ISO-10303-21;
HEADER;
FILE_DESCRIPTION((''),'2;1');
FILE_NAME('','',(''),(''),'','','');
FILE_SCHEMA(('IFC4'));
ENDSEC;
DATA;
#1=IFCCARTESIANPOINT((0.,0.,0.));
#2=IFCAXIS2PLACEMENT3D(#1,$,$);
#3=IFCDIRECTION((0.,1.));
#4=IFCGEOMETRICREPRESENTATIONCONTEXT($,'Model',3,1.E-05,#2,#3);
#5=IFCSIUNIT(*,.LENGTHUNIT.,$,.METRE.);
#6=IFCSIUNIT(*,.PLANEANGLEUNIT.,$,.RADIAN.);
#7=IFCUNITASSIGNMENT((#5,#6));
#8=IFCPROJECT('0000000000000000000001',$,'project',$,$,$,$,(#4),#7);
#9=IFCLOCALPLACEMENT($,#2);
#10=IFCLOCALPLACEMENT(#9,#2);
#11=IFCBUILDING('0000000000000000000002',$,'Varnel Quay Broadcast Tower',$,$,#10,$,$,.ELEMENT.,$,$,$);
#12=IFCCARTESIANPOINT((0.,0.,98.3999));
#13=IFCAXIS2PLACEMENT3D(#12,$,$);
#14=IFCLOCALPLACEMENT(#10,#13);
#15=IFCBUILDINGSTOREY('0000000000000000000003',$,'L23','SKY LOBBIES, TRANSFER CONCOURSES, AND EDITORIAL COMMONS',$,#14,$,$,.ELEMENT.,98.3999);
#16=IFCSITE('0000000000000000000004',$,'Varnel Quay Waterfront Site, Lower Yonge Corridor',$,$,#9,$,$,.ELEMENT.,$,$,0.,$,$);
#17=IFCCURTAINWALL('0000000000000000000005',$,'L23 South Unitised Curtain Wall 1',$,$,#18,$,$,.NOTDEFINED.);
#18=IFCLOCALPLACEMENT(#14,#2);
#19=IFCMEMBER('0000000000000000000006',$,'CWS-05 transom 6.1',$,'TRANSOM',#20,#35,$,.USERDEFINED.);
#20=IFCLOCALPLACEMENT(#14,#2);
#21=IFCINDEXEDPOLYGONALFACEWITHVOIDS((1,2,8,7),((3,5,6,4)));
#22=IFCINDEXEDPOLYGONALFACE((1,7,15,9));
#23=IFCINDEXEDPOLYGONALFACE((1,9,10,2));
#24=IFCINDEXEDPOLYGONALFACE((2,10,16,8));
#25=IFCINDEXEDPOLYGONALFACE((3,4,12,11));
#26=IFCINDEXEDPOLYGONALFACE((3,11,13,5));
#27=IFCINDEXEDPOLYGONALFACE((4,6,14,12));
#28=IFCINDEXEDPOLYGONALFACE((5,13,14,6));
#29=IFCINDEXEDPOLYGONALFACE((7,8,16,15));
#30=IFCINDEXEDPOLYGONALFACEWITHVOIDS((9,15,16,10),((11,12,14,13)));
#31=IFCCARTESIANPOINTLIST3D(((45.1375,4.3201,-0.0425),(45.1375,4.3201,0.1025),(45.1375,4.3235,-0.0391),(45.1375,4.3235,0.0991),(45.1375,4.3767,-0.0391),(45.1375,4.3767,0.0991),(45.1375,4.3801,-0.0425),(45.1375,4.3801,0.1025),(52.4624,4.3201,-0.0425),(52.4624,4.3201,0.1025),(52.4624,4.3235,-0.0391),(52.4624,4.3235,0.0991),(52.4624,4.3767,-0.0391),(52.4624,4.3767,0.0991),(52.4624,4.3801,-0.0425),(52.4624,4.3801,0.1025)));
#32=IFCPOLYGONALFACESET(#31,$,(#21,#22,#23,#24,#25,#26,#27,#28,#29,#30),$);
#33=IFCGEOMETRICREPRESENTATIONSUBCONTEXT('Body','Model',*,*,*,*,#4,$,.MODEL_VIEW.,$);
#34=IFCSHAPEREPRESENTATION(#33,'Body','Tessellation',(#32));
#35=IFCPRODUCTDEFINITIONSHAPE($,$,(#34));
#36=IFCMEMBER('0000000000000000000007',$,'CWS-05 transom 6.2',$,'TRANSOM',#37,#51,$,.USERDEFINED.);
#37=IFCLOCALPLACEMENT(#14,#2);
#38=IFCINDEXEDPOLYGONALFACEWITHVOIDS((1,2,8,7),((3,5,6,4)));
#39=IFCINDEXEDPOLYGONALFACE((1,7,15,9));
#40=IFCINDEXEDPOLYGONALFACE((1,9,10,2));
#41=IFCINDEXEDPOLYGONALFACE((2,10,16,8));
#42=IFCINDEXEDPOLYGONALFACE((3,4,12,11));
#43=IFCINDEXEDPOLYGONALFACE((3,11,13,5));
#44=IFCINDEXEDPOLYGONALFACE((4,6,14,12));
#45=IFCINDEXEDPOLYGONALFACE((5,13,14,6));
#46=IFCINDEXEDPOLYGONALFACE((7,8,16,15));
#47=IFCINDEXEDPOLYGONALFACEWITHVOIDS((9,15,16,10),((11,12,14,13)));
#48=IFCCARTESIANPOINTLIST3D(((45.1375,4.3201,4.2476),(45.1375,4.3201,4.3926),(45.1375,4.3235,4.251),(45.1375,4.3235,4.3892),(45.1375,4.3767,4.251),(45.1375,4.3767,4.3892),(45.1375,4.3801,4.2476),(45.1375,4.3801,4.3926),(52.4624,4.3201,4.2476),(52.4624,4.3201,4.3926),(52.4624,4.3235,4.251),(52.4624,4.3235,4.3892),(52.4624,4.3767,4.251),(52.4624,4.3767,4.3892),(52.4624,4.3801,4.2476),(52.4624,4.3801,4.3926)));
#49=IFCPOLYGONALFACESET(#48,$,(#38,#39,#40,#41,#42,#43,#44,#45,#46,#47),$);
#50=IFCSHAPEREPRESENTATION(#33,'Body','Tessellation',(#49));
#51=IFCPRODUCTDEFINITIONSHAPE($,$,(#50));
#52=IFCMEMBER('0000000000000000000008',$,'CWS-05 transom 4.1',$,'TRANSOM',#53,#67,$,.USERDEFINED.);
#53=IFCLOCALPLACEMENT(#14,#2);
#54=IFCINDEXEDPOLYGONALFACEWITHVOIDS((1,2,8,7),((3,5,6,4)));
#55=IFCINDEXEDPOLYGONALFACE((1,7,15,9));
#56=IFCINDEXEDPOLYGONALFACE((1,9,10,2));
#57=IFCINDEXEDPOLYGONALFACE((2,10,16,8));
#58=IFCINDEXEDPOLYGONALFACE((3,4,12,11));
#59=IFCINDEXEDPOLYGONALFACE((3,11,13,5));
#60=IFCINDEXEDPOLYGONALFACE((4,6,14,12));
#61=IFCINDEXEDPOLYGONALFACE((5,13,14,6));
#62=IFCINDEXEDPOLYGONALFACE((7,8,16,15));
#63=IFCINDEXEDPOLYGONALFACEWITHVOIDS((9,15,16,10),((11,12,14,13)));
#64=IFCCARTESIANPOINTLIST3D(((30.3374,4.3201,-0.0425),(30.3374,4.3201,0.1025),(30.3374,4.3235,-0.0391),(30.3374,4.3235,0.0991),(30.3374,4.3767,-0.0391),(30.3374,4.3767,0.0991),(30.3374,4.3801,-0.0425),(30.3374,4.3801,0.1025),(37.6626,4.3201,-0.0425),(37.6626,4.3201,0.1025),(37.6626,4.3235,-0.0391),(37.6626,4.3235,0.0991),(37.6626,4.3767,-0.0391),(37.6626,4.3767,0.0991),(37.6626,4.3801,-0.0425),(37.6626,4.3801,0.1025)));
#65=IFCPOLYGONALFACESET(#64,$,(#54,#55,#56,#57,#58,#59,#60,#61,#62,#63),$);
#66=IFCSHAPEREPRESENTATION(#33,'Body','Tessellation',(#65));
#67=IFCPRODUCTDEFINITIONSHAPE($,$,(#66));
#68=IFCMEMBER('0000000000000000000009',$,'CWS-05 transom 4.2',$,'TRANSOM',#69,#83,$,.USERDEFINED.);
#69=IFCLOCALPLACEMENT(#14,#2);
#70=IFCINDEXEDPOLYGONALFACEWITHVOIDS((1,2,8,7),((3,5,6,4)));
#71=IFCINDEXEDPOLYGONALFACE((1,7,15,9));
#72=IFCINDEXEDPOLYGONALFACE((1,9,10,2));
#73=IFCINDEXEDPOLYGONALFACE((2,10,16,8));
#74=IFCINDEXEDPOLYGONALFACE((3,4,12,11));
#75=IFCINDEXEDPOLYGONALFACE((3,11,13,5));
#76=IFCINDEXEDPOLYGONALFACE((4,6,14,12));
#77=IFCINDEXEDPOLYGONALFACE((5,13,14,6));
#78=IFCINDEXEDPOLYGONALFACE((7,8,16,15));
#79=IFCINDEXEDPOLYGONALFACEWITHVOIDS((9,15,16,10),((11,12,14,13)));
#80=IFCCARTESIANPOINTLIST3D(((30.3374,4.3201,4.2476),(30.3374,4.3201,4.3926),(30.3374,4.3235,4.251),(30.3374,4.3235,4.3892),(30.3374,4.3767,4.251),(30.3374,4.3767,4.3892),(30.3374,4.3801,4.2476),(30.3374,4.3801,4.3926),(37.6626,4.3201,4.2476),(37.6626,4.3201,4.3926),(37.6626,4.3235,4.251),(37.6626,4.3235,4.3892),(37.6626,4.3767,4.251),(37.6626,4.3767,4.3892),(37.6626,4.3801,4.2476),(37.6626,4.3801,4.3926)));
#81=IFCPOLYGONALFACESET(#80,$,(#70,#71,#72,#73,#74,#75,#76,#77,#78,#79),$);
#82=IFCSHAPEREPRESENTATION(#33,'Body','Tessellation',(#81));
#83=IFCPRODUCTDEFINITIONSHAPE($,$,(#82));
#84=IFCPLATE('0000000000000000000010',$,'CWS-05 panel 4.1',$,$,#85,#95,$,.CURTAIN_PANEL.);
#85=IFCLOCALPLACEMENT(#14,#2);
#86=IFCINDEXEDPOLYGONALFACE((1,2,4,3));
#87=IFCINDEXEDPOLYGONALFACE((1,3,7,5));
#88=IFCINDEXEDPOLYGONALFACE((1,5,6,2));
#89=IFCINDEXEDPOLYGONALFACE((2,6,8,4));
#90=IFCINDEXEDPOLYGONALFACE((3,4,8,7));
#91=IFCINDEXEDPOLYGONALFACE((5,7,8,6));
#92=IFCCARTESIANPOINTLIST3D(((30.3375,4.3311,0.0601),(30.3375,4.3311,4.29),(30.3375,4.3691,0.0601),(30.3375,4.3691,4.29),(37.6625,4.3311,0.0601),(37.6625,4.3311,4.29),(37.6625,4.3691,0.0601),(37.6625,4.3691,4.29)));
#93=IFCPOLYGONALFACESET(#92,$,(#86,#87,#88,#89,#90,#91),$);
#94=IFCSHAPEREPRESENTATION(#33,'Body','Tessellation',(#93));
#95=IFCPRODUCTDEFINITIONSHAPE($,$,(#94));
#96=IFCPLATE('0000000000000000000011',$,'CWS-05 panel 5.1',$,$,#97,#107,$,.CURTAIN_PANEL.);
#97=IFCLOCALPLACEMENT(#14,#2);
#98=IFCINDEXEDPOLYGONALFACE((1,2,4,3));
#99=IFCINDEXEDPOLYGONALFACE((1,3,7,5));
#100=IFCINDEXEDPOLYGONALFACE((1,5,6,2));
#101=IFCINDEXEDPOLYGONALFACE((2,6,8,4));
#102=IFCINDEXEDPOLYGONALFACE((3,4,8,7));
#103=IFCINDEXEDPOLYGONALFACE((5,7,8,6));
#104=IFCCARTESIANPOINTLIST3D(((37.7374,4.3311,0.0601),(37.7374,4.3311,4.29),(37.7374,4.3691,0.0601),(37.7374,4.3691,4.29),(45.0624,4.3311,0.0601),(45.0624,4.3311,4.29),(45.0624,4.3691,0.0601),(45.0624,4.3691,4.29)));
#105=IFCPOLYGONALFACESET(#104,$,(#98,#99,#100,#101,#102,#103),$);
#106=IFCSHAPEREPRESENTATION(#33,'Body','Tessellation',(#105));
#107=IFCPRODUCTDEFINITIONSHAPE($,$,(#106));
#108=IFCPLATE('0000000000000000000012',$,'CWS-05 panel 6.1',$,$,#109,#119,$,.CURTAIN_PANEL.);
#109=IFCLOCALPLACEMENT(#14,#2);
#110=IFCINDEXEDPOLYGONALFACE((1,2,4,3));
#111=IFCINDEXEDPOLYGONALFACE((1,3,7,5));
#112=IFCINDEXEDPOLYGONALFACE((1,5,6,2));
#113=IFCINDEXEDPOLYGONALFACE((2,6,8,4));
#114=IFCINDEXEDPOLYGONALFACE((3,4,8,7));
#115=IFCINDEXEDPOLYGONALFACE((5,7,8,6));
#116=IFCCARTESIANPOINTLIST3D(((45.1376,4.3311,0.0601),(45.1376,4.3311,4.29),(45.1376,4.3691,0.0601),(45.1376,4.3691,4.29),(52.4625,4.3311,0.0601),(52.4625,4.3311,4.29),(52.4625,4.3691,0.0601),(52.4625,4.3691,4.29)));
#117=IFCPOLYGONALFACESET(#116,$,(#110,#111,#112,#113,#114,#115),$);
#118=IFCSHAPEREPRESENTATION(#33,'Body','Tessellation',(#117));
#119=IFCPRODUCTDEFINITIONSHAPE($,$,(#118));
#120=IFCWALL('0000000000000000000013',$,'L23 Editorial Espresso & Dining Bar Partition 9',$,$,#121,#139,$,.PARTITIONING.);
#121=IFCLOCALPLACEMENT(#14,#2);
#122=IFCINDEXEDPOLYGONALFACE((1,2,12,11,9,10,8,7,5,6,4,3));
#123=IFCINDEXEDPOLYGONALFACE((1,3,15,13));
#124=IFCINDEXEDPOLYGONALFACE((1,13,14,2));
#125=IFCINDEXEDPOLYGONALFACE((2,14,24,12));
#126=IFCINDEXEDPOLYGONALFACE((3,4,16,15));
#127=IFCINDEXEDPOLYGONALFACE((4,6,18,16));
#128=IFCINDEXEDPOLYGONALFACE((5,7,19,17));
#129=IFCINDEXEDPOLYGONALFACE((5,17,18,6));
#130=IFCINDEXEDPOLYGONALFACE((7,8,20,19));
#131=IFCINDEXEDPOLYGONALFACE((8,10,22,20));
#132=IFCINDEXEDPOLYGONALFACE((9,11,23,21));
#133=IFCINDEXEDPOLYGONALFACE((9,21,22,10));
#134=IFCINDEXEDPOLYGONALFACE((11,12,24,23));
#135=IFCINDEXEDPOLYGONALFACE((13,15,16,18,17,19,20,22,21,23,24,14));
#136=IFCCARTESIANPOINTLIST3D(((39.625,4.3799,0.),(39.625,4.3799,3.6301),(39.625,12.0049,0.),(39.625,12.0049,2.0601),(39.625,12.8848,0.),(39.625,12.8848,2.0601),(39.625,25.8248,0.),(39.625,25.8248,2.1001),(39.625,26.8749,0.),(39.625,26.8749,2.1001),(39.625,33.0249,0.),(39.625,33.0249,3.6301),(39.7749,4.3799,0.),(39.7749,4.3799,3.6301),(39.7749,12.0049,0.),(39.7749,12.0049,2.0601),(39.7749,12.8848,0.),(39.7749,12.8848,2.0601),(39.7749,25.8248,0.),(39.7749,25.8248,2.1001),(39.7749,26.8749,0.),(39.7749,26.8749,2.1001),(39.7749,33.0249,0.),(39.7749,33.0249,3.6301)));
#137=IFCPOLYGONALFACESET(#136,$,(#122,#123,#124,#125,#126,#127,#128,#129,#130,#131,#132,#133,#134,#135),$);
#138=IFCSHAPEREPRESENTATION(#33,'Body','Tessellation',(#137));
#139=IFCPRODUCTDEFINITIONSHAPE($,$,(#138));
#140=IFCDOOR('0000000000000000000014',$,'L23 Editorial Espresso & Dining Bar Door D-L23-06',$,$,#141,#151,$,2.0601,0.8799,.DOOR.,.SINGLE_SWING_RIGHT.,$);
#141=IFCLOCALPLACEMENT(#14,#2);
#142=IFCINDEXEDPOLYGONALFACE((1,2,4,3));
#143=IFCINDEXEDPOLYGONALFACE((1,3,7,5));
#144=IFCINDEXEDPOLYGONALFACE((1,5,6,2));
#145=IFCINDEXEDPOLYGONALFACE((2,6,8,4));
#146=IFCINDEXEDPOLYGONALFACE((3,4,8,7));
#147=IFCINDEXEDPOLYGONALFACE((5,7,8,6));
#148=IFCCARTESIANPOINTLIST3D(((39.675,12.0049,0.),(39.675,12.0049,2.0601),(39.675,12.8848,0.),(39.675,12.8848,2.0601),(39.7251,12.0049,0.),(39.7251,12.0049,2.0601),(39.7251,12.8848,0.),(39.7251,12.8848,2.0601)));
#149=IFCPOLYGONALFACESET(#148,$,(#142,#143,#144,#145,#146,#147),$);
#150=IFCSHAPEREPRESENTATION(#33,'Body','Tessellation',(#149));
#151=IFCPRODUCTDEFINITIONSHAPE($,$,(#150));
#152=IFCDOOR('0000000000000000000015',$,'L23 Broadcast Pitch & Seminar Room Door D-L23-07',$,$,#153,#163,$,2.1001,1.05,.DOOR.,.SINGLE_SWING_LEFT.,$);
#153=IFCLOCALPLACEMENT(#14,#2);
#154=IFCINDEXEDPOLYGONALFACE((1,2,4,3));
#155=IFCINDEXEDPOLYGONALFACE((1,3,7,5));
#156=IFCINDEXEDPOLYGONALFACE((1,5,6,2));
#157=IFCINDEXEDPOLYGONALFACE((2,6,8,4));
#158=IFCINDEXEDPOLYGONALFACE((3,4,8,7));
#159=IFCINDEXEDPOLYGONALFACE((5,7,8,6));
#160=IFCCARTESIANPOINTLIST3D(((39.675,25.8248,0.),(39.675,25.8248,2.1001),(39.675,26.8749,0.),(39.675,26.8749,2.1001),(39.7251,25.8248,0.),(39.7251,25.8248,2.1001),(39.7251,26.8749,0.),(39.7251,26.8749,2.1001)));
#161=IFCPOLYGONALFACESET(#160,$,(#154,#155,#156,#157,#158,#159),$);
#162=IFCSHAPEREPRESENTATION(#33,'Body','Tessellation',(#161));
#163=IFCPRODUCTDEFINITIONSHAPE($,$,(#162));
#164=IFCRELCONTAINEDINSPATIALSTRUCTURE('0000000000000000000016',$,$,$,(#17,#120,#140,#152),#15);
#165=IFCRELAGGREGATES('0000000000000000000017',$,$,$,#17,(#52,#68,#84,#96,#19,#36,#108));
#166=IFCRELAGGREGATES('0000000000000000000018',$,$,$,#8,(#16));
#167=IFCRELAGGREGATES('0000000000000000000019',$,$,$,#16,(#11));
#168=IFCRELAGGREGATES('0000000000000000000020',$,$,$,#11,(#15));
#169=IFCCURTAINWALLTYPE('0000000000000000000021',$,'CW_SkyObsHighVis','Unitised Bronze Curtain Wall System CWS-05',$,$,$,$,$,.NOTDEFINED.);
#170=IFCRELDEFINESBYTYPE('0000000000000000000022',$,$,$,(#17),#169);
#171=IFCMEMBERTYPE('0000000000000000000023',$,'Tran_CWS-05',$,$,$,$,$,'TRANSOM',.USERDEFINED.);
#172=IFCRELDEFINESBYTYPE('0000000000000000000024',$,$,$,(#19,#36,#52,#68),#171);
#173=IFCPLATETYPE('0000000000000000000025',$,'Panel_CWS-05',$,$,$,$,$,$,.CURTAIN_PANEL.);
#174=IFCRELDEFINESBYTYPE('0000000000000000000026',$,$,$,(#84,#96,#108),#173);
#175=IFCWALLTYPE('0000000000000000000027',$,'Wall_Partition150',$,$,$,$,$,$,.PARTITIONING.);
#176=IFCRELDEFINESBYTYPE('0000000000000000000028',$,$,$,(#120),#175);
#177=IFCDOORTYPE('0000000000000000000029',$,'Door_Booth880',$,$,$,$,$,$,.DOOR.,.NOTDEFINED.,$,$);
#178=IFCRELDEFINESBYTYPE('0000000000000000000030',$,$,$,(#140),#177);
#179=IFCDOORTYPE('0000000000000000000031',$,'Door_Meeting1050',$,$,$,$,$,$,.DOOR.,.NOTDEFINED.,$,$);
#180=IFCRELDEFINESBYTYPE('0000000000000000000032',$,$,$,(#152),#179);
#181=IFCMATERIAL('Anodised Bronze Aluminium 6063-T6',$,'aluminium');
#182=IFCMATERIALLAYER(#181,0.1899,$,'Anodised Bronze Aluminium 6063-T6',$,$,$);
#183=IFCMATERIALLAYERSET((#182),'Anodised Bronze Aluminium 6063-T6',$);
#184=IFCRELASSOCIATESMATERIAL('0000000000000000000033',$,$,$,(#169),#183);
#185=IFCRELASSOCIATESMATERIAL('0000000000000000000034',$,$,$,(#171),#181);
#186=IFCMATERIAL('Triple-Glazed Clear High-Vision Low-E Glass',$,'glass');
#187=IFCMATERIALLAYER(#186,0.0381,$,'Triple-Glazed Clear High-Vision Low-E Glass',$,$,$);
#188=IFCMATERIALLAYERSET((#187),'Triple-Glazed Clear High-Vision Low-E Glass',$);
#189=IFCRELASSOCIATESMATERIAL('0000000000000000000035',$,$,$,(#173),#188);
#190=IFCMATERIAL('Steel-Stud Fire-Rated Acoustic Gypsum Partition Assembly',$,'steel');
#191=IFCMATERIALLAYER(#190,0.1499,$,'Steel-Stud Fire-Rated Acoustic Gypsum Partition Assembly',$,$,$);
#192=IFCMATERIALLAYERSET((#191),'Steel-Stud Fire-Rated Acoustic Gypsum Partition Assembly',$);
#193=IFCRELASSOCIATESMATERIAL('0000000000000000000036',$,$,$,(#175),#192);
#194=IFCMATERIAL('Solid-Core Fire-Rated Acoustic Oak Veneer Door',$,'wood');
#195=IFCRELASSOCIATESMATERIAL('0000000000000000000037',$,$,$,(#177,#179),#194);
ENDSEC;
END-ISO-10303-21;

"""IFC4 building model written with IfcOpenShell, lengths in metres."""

from ifc_helpers import new_model, si_unit, direction, frame, frame_2d, origin, origin_2d, place, context, subcontext, project, spatial, rectangle, hollow_rectangle, extrude, source, transform, mapped, material, layer, layer_set, material_profile, profile_set, type_object, type_shapes, element, fill, aggregate, save


model = new_model("IFC4")

# Units and contexts
model_context = context("Model", 3, precision=1e-05, world=origin(), true_north=direction((0.0, 1.0)))
body_context = subcontext(model_context, "Body", "Model", "MODEL_VIEW")
ifc_project = project(units=[si_unit("LENGTHUNIT", "METRE"), si_unit("PLANEANGLEUNIT", "RADIAN")], contexts=[model_context])

# Site, building, storey
site_placement = place(None, origin())
site = spatial("IfcSite", under=ifc_project, at=site_placement, Name="Varnel Quay Waterfront Site, Lower Yonge Corridor", CompositionType="ELEMENT", RefElevation=0.0)
building_placement = place(site_placement, origin())
building = spatial("IfcBuilding", under=site, at=building_placement, Name="Varnel Quay Broadcast Tower", CompositionType="ELEMENT")
storey_placement = place(building_placement, frame((0.0, 0.0, 98.3999)))
storey = spatial("IfcBuildingStorey", under=building, at=storey_placement, Name="L23", Description="SKY LOBBIES, TRANSFER CONCOURSES, AND EDITORIAL COMMONS", CompositionType="ELEMENT", Elevation=98.3999)

# Curtain wall, members, plates
ifc_material_1 = material(Name="Anodised Bronze Aluminium 6063-T6", Category="aluminium")
ifc_layer_1 = layer(ifc_material_1, 0.1899, Name="Anodised Bronze Aluminium 6063-T6")
ifc_layer_set_1 = layer_set([ifc_layer_1], Name="Anodised Bronze Aluminium 6063-T6")
curtain_wall_type = type_object("IfcCurtainWallType", Name="CW_SkyObsHighVis", Description="Unitised Bronze Curtain Wall System CWS-05", PredefinedType="NOTDEFINED", material=ifc_layer_set_1)
curtain_wall_placement = place(storey_placement, origin())
curtain_wall = element("IfcCurtainWall", 1, at=curtain_wall_placement, inside=storey, type_object=curtain_wall_type, Name="L23 South Unitised Curtain Wall 1", PredefinedType="NOTDEFINED")
ifc_material_profile_1 = material_profile(ifc_material_1, hollow_rectangle(XDim=0.0601, YDim=0.145, WallThickness=0.0034, at=origin_2d()), Name="ALU60X145X3.5")
ifc_profile_set_1 = profile_set([ifc_material_profile_1], Name="Anodised Bronze Aluminium 6063-T6")
member_type_1 = type_object("IfcMemberType", Name="Tran_CWS-05", ElementType="TRANSOM", PredefinedType="USERDEFINED", material=ifc_profile_set_1)
shared_shape_1 = source(origin(), body_context, "Body", "SweptSolid", [
    extrude(hollow_rectangle(XDim=0.0601, YDim=0.145, WallThickness=0.0034, at=origin_2d()), origin(), (0.0, 0.0, 1.0), 7.325),
])
member_1_placement = place(storey_placement, frame((45.1375, 4.3501, 0.03), z_axis=(1.0, 0.0, 0.0), x_axis=(0.0, 1.0, 0.0)))
member_1 = element("IfcMember", 2, at=member_1_placement, type_object=member_type_1, Name="CWS-05 transom 6.1", ObjectType="TRANSOM", PredefinedType="USERDEFINED", context=body_context, shape_type="MappedRepresentation", body=[
    mapped(shared_shape_1, transform((0.0, 0.0, 0.0), x_axis=(1.0, 0.0, 0.0), y_axis=(0.0, 1.0, 0.0), z_axis=(0.0, 0.0, 1.0), scale=1.0)),
])
member_2_placement = place(storey_placement, frame((45.1375, 4.3501, 4.3201), z_axis=(1.0, 0.0, 0.0), x_axis=(0.0, 1.0, 0.0)))
member_2 = element("IfcMember", 3, at=member_2_placement, type_object=member_type_1, Name="CWS-05 transom 6.2", ObjectType="TRANSOM", PredefinedType="USERDEFINED", context=body_context, shape_type="MappedRepresentation", body=[
    mapped(shared_shape_1, transform((0.0, 0.0, 0.0), x_axis=(1.0, 0.0, 0.0), y_axis=(0.0, 1.0, 0.0), z_axis=(0.0, 0.0, 1.0), scale=1.0)),
])
shared_shape_2 = source(origin(), body_context, "Body", "SweptSolid", [
    extrude(hollow_rectangle(XDim=0.0601, YDim=0.145, WallThickness=0.0034, at=origin_2d()), origin(), (0.0, 0.0, 1.0), 7.3252),
])
type_shapes(member_type_1, [shared_shape_1, shared_shape_2])
member_3_placement = place(storey_placement, frame((30.3374, 4.3501, 0.03), z_axis=(1.0, 0.0, 0.0), x_axis=(0.0, 1.0, 0.0)))
member_3 = element("IfcMember", 4, at=member_3_placement, type_object=member_type_1, Name="CWS-05 transom 4.1", ObjectType="TRANSOM", PredefinedType="USERDEFINED", context=body_context, shape_type="MappedRepresentation", body=[
    mapped(shared_shape_2, transform((0.0, 0.0, 0.0), x_axis=(1.0, 0.0, 0.0), y_axis=(0.0, 1.0, 0.0), z_axis=(0.0, 0.0, 1.0), scale=1.0)),
])
member_4_placement = place(storey_placement, frame((30.3374, 4.3501, 4.3201), z_axis=(1.0, 0.0, 0.0), x_axis=(0.0, 1.0, 0.0)))
member_4 = element("IfcMember", 5, at=member_4_placement, type_object=member_type_1, Name="CWS-05 transom 4.2", ObjectType="TRANSOM", PredefinedType="USERDEFINED", context=body_context, shape_type="MappedRepresentation", body=[
    mapped(shared_shape_2, transform((0.0, 0.0, 0.0), x_axis=(1.0, 0.0, 0.0), y_axis=(0.0, 1.0, 0.0), z_axis=(0.0, 0.0, 1.0), scale=1.0)),
])
ifc_material_2 = material(Name="Triple-Glazed Clear High-Vision Low-E Glass", Category="glass")
ifc_layer_2 = layer(ifc_material_2, 0.0381, Name="Triple-Glazed Clear High-Vision Low-E Glass")
ifc_layer_set_2 = layer_set([ifc_layer_2], Name="Triple-Glazed Clear High-Vision Low-E Glass")
plate_type = type_object("IfcPlateType", Name="Panel_CWS-05", PredefinedType="CURTAIN_PANEL", material=ifc_layer_set_2)
shared_shape_3 = source(origin(), body_context, "Body", "SweptSolid", [
    extrude(rectangle(XDim=7.325, YDim=0.0381, at=origin_2d()), origin(), (0.0, 0.0, 1.0), 4.23),
])
type_shapes(plate_type, [shared_shape_3])
plate_1_placement = place(storey_placement, frame((34.0, 4.3501, 0.0601), z_axis=(0.0, 0.0, 1.0), x_axis=(1.0, 0.0, 0.0)))
plate_1 = element("IfcPlate", 6, at=plate_1_placement, type_object=plate_type, Name="CWS-05 panel 4.1", PredefinedType="CURTAIN_PANEL", context=body_context, shape_type="MappedRepresentation", body=[
    mapped(shared_shape_3, transform((0.0, 0.0, 0.0), x_axis=(1.0, 0.0, 0.0), y_axis=(0.0, 1.0, 0.0), z_axis=(0.0, 0.0, 1.0), scale=1.0)),
])
plate_2_placement = place(storey_placement, frame((41.3999, 4.3501, 0.0601), z_axis=(0.0, 0.0, 1.0), x_axis=(1.0, 0.0, 0.0)))
plate_2 = element("IfcPlate", 7, at=plate_2_placement, type_object=plate_type, Name="CWS-05 panel 5.1", PredefinedType="CURTAIN_PANEL", context=body_context, shape_type="MappedRepresentation", body=[
    mapped(shared_shape_3, transform((0.0, 0.0, 0.0), x_axis=(1.0, 0.0, 0.0), y_axis=(0.0, 1.0, 0.0), z_axis=(0.0, 0.0, 1.0), scale=1.0)),
])
plate_3_placement = place(storey_placement, frame((48.8, 4.3501, 0.0601), z_axis=(0.0, 0.0, 1.0), x_axis=(1.0, 0.0, 0.0)))
plate_3 = element("IfcPlate", 8, at=plate_3_placement, type_object=plate_type, Name="CWS-05 panel 6.1", PredefinedType="CURTAIN_PANEL", context=body_context, shape_type="MappedRepresentation", body=[
    mapped(shared_shape_3, transform((0.0, 0.0, 0.0), x_axis=(1.0, 0.0, 0.0), y_axis=(0.0, 1.0, 0.0), z_axis=(0.0, 0.0, 1.0), scale=1.0)),
])
aggregate(curtain_wall, [member_3, member_4, plate_1, plate_2, member_1, member_2, plate_3])

# Wall, openings, doors
ifc_material_3 = material(Name="Steel-Stud Fire-Rated Acoustic Gypsum Partition Assembly", Category="steel")
ifc_layer_3 = layer(ifc_material_3, 0.1499, Name="Steel-Stud Fire-Rated Acoustic Gypsum Partition Assembly")
ifc_layer_set_3 = layer_set([ifc_layer_3], Name="Steel-Stud Fire-Rated Acoustic Gypsum Partition Assembly")
wall_type_1 = type_object("IfcWallType", Name="Wall_Partition150", PredefinedType="PARTITIONING", material=ifc_layer_set_3)
wall_1_placement = place(storey_placement, frame((39.7, 4.3799, 0.0), z_axis=(0.0, 0.0, 1.0), x_axis=(0.0, 1.0, 0.0)))
wall_1 = element("IfcWall", 9, at=wall_1_placement, inside=storey, type_object=wall_type_1, Name="L23 Editorial Espresso & Dining Bar Partition 9", PredefinedType="PARTITIONING", context=body_context, shape_type="SweptSolid", body=[
    extrude(rectangle(XDim=28.645, YDim=0.1499, at=frame_2d((14.3225, 0.0))), origin(), (0.0, 0.0, 1.0), 3.6301),
])
opening_1_placement = place(wall_1_placement, frame((7.625, 0.0, 0.0)))
opening_1 = element("IfcOpeningElement", 10, at=opening_1_placement, cuts=wall_1, PredefinedType="OPENING", context=body_context, shape_type="SweptSolid", body=[
    extrude(rectangle(XDim=0.8799, YDim=2.0601, at=frame_2d((0.4399, 1.03))), frame((0.0, 0.085, 0.0), z_axis=(0.0, -1.0, 0.0), x_axis=(1.0, 0.0, 0.0)), (0.0, 0.0, 1.0), 0.1699),
])
opening_2_placement = place(wall_1_placement, frame((21.4451, 0.0, 0.0)))
opening_2 = element("IfcOpeningElement", 11, at=opening_2_placement, cuts=wall_1, PredefinedType="OPENING", context=body_context, shape_type="SweptSolid", body=[
    extrude(rectangle(XDim=1.05, YDim=2.1001, at=frame_2d((0.5249, 1.05))), frame((0.0, 0.085, 0.0), z_axis=(0.0, -1.0, 0.0), x_axis=(1.0, 0.0, 0.0)), (0.0, 0.0, 1.0), 0.1699),
])
ifc_material_4 = material(Name="Solid-Core Fire-Rated Acoustic Oak Veneer Door", Category="wood")
door_type_1 = type_object("IfcDoorType", Name="Door_Booth880", OperationType="NOTDEFINED", PredefinedType="DOOR", material=ifc_material_4)
shared_shape_4 = source(origin(), body_context, "Body", "SweptSolid", [
    extrude(rectangle(XDim=0.8799, YDim=2.0601, at=frame_2d((0.4399, 1.03))), frame((0.0, 0.0249, 0.0), z_axis=(0.0, -1.0, 0.0), x_axis=(1.0, 0.0, 0.0)), (0.0, 0.0, 1.0), 0.05),
])
type_shapes(door_type_1, [shared_shape_4])
door_1_placement = place(opening_1_placement, origin())
door_1 = element("IfcDoor", 12, at=door_1_placement, inside=storey, type_object=door_type_1, Name="L23 Editorial Espresso & Dining Bar Door D-L23-06", OperationType="SINGLE_SWING_RIGHT", OverallHeight=2.0601, OverallWidth=0.8799, PredefinedType="DOOR", context=body_context, shape_type="MappedRepresentation", body=[
    mapped(shared_shape_4, transform((0.0, 0.0, 0.0), x_axis=(1.0, 0.0, 0.0), y_axis=(0.0, 1.0, 0.0), z_axis=(0.0, 0.0, 1.0), scale=1.0)),
])
fill(opening_1, door_1)
door_type_2 = type_object("IfcDoorType", Name="Door_Meeting1050", OperationType="NOTDEFINED", PredefinedType="DOOR", material=ifc_material_4)
shared_shape_5 = source(origin(), body_context, "Body", "SweptSolid", [
    extrude(rectangle(XDim=1.05, YDim=2.1001, at=frame_2d((0.5249, 1.05))), frame((0.0, 0.0249, 0.0), z_axis=(0.0, -1.0, 0.0), x_axis=(1.0, 0.0, 0.0)), (0.0, 0.0, 1.0), 0.05),
])
type_shapes(door_type_2, [shared_shape_5])
door_2_placement = place(opening_2_placement, origin())
door_2 = element("IfcDoor", 13, at=door_2_placement, inside=storey, type_object=door_type_2, Name="L23 Broadcast Pitch & Seminar Room Door D-L23-07", OperationType="SINGLE_SWING_LEFT", OverallHeight=2.1001, OverallWidth=1.05, PredefinedType="DOOR", context=body_context, shape_type="MappedRepresentation", body=[
    mapped(shared_shape_5, transform((0.0, 0.0, 0.0), x_axis=(1.0, 0.0, 0.0), y_axis=(0.0, 1.0, 0.0), z_axis=(0.0, 0.0, 1.0), scale=1.0)),
])
fill(opening_2, door_2)

save(model, "model.ifc")
